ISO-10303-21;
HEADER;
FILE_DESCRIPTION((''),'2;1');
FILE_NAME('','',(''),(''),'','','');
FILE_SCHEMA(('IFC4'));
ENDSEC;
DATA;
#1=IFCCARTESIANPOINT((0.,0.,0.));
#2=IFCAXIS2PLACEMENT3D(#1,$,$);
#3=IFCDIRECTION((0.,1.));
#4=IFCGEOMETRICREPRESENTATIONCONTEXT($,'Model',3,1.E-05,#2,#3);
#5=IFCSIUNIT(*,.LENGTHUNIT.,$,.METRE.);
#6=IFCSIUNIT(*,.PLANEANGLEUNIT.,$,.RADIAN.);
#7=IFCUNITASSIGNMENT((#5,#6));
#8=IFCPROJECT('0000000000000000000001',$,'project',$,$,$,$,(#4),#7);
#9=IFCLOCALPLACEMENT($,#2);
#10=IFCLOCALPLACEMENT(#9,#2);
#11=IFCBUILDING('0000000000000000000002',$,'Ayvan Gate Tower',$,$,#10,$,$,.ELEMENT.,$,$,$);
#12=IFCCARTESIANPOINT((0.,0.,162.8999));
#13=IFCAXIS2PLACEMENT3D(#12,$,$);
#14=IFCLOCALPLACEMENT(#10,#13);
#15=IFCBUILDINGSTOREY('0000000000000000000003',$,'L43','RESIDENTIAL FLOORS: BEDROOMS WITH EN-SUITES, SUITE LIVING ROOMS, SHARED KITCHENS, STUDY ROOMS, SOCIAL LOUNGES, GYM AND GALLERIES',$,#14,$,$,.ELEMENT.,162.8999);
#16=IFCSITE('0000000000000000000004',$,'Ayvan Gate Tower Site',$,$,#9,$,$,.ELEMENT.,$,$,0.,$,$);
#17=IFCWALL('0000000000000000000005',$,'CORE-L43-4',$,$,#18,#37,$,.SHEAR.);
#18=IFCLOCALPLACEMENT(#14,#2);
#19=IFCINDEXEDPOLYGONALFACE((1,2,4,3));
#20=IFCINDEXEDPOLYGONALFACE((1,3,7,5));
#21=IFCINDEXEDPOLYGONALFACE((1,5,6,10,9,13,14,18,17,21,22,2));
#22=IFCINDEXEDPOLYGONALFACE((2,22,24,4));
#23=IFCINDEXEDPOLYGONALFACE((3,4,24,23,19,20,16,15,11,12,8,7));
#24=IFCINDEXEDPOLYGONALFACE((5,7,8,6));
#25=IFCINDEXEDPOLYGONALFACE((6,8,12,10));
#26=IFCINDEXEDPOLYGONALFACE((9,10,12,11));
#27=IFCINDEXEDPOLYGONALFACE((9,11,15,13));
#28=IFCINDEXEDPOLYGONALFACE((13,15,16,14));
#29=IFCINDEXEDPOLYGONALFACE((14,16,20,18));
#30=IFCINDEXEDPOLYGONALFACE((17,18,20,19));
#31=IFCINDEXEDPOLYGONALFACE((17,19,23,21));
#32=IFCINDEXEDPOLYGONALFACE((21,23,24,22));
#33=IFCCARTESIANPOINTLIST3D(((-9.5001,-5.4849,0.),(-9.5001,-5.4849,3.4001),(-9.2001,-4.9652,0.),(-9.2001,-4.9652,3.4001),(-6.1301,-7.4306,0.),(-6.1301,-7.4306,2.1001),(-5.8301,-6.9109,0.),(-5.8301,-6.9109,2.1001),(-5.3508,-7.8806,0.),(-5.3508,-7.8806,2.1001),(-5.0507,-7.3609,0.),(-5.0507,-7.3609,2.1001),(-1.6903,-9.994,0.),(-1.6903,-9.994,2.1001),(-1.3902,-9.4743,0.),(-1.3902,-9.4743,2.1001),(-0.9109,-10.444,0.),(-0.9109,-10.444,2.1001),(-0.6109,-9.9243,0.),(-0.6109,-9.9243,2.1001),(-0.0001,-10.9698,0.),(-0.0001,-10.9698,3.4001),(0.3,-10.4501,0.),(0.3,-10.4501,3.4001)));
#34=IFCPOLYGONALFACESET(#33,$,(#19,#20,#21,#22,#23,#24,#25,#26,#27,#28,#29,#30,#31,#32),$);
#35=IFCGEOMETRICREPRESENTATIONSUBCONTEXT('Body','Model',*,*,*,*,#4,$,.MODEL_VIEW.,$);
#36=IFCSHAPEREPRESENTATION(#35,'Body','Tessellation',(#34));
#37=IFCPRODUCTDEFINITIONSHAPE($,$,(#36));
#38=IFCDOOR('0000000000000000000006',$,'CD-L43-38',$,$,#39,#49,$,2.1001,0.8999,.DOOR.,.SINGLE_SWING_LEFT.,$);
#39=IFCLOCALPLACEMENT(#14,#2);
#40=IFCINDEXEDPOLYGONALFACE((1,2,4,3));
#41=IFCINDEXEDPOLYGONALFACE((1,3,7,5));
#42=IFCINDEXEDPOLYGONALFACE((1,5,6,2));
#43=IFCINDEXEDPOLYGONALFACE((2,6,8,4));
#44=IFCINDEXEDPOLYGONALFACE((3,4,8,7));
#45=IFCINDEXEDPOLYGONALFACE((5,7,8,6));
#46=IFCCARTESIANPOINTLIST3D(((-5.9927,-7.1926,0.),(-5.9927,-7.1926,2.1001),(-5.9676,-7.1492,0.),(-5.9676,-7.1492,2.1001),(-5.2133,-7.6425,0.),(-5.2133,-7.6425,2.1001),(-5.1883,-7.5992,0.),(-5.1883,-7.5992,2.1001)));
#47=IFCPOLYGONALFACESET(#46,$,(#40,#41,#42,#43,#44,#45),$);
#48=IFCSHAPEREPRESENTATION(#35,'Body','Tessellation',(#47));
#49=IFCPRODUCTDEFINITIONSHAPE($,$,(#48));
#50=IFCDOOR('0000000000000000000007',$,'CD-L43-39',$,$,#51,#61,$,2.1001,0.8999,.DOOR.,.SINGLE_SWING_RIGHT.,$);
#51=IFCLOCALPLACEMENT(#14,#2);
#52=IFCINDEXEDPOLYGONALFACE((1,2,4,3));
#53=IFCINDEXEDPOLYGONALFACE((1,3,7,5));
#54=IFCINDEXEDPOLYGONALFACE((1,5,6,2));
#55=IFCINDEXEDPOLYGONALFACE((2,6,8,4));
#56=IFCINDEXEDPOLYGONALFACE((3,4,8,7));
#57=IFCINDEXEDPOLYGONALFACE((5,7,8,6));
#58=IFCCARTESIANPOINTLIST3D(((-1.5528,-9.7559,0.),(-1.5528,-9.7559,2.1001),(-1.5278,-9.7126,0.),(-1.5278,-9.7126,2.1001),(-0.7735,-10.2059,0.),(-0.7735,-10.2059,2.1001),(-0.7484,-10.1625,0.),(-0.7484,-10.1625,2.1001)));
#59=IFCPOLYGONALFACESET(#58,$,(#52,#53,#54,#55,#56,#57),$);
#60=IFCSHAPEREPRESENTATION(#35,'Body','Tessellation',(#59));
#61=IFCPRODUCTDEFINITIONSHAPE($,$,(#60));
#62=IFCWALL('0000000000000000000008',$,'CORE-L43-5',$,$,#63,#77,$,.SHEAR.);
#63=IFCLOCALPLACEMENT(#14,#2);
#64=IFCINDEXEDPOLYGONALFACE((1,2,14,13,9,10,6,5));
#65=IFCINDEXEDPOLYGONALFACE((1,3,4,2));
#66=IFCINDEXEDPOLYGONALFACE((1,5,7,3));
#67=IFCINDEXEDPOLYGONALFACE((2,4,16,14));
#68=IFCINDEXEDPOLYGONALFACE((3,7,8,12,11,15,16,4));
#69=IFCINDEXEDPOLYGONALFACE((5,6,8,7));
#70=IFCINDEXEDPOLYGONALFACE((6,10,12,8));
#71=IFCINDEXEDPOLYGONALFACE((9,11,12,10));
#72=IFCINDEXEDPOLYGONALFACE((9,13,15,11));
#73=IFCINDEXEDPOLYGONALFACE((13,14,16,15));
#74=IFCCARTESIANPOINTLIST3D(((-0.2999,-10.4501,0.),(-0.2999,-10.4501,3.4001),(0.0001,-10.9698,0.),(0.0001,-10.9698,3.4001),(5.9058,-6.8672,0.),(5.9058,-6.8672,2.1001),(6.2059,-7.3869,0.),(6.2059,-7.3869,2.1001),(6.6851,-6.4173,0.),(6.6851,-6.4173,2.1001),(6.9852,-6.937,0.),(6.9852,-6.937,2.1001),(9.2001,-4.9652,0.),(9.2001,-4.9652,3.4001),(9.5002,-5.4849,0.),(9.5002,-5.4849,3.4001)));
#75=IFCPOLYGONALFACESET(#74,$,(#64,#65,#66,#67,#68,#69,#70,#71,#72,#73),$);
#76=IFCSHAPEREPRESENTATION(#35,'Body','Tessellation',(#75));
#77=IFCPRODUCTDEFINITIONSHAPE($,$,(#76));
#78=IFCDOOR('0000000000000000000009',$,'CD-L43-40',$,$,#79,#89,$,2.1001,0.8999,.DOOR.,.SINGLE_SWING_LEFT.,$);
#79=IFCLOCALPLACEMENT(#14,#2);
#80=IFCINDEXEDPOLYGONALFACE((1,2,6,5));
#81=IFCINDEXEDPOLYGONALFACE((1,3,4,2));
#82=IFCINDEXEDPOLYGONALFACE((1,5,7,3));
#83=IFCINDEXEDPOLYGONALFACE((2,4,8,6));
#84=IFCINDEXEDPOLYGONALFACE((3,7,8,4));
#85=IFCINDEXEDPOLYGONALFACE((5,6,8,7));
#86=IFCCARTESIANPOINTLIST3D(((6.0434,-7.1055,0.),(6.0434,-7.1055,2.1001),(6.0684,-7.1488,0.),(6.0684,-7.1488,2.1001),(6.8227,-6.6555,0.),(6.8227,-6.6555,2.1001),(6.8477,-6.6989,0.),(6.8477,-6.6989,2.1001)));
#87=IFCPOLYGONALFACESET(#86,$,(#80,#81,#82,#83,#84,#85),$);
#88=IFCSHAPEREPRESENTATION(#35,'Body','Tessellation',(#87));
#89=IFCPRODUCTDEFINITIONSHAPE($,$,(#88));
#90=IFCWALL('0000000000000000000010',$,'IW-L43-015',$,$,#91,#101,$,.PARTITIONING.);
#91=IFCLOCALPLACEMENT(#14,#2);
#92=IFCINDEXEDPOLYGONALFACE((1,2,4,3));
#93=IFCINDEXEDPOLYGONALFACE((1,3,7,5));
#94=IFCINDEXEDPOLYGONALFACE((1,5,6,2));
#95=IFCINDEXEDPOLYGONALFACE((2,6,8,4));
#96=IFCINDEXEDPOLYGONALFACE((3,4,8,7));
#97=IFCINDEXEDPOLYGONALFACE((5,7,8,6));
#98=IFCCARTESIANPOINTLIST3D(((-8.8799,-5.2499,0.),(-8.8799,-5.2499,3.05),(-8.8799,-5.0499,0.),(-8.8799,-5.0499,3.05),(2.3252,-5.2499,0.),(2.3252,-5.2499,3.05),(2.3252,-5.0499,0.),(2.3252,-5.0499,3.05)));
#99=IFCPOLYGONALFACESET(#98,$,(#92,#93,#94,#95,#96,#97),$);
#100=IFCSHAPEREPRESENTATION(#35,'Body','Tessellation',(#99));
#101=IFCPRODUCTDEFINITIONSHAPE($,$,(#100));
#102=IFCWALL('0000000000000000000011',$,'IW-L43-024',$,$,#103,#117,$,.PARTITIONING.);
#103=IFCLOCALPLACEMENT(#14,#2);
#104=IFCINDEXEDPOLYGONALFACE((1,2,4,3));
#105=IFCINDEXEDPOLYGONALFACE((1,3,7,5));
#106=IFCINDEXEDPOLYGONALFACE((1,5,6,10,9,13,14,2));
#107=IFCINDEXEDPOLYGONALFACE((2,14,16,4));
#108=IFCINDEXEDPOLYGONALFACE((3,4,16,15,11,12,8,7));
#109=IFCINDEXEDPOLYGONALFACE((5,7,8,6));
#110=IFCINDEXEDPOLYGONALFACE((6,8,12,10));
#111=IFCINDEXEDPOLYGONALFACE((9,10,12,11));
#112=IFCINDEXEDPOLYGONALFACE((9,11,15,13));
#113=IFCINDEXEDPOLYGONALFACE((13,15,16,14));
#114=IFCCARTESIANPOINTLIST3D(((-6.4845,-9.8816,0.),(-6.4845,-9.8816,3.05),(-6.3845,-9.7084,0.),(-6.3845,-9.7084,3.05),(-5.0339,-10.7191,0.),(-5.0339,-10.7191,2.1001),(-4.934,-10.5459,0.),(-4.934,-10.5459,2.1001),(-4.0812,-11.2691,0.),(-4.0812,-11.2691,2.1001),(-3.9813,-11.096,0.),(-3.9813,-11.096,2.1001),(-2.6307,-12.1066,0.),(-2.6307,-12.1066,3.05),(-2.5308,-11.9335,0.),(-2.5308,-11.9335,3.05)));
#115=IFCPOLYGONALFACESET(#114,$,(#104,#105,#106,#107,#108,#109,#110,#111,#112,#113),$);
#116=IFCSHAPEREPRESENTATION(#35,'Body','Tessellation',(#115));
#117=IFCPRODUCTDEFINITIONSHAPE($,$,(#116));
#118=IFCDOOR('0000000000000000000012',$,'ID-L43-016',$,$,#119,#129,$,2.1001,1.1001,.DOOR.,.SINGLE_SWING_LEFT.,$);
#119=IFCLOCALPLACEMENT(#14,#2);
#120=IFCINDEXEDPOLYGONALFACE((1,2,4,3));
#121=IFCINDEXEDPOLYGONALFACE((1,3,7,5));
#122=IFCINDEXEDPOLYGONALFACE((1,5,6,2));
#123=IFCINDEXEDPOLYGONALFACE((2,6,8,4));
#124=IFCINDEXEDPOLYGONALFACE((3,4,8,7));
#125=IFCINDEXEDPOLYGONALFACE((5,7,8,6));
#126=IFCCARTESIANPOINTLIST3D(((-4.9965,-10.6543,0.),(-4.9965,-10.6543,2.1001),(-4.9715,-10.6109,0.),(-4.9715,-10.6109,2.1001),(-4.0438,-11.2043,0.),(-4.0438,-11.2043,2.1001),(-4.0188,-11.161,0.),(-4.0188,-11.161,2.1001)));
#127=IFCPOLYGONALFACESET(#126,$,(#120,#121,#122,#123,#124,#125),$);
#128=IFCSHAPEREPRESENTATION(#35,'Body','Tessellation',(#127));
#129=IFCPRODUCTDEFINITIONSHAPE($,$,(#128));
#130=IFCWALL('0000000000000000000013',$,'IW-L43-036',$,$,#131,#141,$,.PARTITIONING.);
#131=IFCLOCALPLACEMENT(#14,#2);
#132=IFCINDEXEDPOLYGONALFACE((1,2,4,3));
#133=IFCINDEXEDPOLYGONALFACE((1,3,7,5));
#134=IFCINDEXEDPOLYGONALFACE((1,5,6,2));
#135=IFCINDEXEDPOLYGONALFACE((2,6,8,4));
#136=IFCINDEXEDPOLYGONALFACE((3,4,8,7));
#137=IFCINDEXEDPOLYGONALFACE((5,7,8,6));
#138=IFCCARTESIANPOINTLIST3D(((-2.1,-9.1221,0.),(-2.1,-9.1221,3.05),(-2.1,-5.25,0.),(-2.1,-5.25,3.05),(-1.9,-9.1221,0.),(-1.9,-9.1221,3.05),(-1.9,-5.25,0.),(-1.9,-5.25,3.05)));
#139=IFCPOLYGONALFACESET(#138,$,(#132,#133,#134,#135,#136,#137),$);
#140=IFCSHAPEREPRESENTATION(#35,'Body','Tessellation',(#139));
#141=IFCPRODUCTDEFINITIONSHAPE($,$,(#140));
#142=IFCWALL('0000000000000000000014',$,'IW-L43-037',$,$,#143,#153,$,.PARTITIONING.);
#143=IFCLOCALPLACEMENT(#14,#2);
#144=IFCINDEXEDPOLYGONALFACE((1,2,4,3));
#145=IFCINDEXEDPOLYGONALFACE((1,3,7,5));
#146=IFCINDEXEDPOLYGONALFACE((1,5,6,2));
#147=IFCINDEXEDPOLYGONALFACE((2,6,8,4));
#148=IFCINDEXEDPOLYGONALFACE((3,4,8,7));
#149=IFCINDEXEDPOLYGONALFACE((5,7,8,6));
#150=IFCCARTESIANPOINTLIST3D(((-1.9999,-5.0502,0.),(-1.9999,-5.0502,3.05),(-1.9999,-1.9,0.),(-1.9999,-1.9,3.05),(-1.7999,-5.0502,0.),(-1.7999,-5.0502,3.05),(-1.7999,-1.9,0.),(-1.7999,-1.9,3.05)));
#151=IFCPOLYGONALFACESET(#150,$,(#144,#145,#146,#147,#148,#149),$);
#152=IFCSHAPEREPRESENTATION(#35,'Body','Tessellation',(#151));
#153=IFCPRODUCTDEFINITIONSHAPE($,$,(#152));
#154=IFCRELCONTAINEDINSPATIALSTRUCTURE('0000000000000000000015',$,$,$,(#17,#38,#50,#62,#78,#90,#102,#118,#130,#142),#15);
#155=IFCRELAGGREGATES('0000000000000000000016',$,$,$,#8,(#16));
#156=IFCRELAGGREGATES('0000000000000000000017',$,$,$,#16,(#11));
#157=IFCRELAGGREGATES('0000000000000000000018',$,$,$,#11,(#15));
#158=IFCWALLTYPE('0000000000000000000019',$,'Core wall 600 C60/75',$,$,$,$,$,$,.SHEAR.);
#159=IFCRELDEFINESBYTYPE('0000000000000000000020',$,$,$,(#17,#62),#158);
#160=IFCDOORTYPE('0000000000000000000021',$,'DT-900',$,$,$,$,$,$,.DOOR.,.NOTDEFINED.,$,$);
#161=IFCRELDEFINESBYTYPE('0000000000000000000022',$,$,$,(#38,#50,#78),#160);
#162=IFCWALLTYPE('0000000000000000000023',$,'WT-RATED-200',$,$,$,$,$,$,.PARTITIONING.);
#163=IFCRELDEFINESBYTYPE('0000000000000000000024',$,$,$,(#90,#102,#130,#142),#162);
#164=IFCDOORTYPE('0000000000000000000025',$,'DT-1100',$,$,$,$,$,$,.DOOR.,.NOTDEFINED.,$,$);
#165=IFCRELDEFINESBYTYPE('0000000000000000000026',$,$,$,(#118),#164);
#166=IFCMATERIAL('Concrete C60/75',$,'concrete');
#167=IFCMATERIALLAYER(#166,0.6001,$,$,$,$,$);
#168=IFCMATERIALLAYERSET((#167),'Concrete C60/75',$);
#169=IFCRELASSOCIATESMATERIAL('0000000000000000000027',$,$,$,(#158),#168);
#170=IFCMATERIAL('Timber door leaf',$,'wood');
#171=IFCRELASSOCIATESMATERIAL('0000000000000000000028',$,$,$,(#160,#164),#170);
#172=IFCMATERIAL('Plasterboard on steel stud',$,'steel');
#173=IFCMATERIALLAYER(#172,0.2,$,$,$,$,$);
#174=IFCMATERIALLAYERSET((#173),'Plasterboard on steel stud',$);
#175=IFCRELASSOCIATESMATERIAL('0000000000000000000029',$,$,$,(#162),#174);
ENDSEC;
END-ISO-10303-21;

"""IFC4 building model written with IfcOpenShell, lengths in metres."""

from ifc_helpers import new_model, si_unit, direction, frame, frame_2d, origin, place, context, subcontext, project, spatial, rectangle, extrude, material, layer, layer_set, type_object, element, fill, save


model = new_model("IFC4")

# Units and contexts
model_context = context("Model", 3, precision=1e-05, world=origin(), true_north=direction((0.0, 1.0)))
body_context = subcontext(model_context, "Body", "Model", "MODEL_VIEW")
ifc_project = project(units=[si_unit("LENGTHUNIT", "METRE"), si_unit("PLANEANGLEUNIT", "RADIAN")], contexts=[model_context])

# Site, building, storey
site_placement = place(None, origin())
site = spatial("IfcSite", under=ifc_project, at=site_placement, Name="Ayvan Gate Tower Site", CompositionType="ELEMENT", RefElevation=0.0)
building_placement = place(site_placement, origin())
building = spatial("IfcBuilding", under=site, at=building_placement, Name="Ayvan Gate Tower", CompositionType="ELEMENT")
storey_placement = place(building_placement, frame((0.0, 0.0, 162.8999)))
storey = spatial("IfcBuildingStorey", under=building, at=storey_placement, Name="L43", Description="RESIDENTIAL FLOORS: BEDROOMS WITH EN-SUITES, SUITE LIVING ROOMS, SHARED KITCHENS, STUDY ROOMS, SOCIAL LOUNGES, GYM AND GALLERIES", CompositionType="ELEMENT", Elevation=162.8999)

# Wall, openings, doors
ifc_material_1 = material(Name="Concrete C60/75", Category="concrete")
ifc_layer_1 = layer(ifc_material_1, 0.6001)
ifc_layer_set_1 = layer_set([ifc_layer_1], Name="Concrete C60/75")
wall_type_1 = type_object("IfcWallType", Name="Core wall 600 C60/75", PredefinedType="SHEAR", material=ifc_layer_set_1)
wall_1_placement = place(storey_placement, frame((-9.3501, -5.2251, 0.0), z_axis=(0.0, 0.0, 1.0), x_axis=(0.866024, -0.500002, 0.0)))
wall_1 = element("IfcWall", 1, at=wall_1_placement, inside=storey, type_object=wall_type_1, Name="CORE-L43-4", PredefinedType="SHEAR", context=body_context, shape_type="SweptSolid", body=[
    extrude(rectangle(XDim=10.9697, YDim=0.6001, at=frame_2d((5.4849, 0.0))), origin(), (0.0, 0.0, 1.0), 3.4001),
])
opening_1_placement = place(wall_1_placement, frame((3.8914, 0.0, 0.0)))
opening_1 = element("IfcOpeningElement", 2, at=opening_1_placement, cuts=wall_1, PredefinedType="OPENING", context=body_context, shape_type="SweptSolid", body=[
    extrude(rectangle(XDim=0.8999, YDim=2.1001, at=frame_2d((0.45, 1.05))), frame((0.0, 0.3101, 0.0), z_axis=(0.0, -1.0, 0.0), x_axis=(1.0, 0.0, 0.0)), (0.0, 0.0, 1.0), 0.6201),
])
opening_2_placement = place(wall_1_placement, frame((9.0181, 0.0, 0.0)))
opening_2 = element("IfcOpeningElement", 3, at=opening_2_placement, cuts=wall_1, PredefinedType="OPENING", context=body_context, shape_type="SweptSolid", body=[
    extrude(rectangle(XDim=0.8999, YDim=2.1001, at=frame_2d((0.45, 1.05))), frame((0.0, 0.3101, 0.0), z_axis=(0.0, -1.0, 0.0), x_axis=(1.0, 0.0, 0.0)), (0.0, 0.0, 1.0), 0.6201),
])
ifc_material_2 = material(Name="Timber door leaf", Category="wood")
door_type_1 = type_object("IfcDoorType", Name="DT-900", OperationType="NOTDEFINED", PredefinedType="DOOR", material=ifc_material_2)
door_1_placement = place(opening_1_placement, origin())
door_1 = element("IfcDoor", 4, at=door_1_placement, inside=storey, type_object=door_type_1, Name="CD-L43-38", OperationType="SINGLE_SWING_LEFT", OverallHeight=2.1001, OverallWidth=0.8999, PredefinedType="DOOR", context=body_context, shape_type="SweptSolid", body=[
    extrude(rectangle(XDim=0.8999, YDim=2.1001, at=frame_2d((0.45, 1.05))), frame((0.0, 0.0249, 0.0), z_axis=(0.0, -1.0, 0.0), x_axis=(1.0, 0.0, 0.0)), (0.0, 0.0, 1.0), 0.05),
])
fill(opening_1, door_1)
door_2_placement = place(opening_2_placement, origin())
door_2 = element("IfcDoor", 5, at=door_2_placement, inside=storey, type_object=door_type_1, Name="CD-L43-39", OperationType="SINGLE_SWING_RIGHT", OverallHeight=2.1001, OverallWidth=0.8999, PredefinedType="DOOR", context=body_context, shape_type="SweptSolid", body=[
    extrude(rectangle(XDim=0.8999, YDim=2.1001, at=frame_2d((0.45, 1.05))), frame((0.0, 0.0249, 0.0), z_axis=(0.0, -1.0, 0.0), x_axis=(1.0, 0.0, 0.0)), (0.0, 0.0, 1.0), 0.05),
])
fill(opening_2, door_2)

# Wall, opening, door
wall_2_placement = place(storey_placement, frame((-0.1499, -10.71, 0.0), z_axis=(0.0, 0.0, 1.0), x_axis=(0.866024, 0.500002, 0.0)))
wall_2 = element("IfcWall", 6, at=wall_2_placement, inside=storey, type_object=wall_type_1, Name="CORE-L43-5", PredefinedType="SHEAR", context=body_context, shape_type="SweptSolid", body=[
    extrude(rectangle(XDim=10.9697, YDim=0.6001, at=frame_2d((5.4849, 0.0))), origin(), (0.0, 0.0, 1.0), 3.4001),
])
opening_3_placement = place(wall_2_placement, frame((7.1658, 0.0, 0.0)))
opening_3 = element("IfcOpeningElement", 7, at=opening_3_placement, cuts=wall_2, PredefinedType="OPENING", context=body_context, shape_type="SweptSolid", body=[
    extrude(rectangle(XDim=0.8999, YDim=2.1001, at=frame_2d((0.45, 1.05))), frame((0.0, 0.3101, 0.0), z_axis=(0.0, -1.0, 0.0), x_axis=(1.0, 0.0, 0.0)), (0.0, 0.0, 1.0), 0.6201),
])
door_3_placement = place(opening_3_placement, origin())
door_3 = element("IfcDoor", 8, at=door_3_placement, inside=storey, type_object=door_type_1, Name="CD-L43-40", OperationType="SINGLE_SWING_LEFT", OverallHeight=2.1001, OverallWidth=0.8999, PredefinedType="DOOR", context=body_context, shape_type="SweptSolid", body=[
    extrude(rectangle(XDim=0.8999, YDim=2.1001, at=frame_2d((0.45, 1.05))), frame((0.0, 0.0249, 0.0), z_axis=(0.0, -1.0, 0.0), x_axis=(1.0, 0.0, 0.0)), (0.0, 0.0, 1.0), 0.05),
])
fill(opening_3, door_3)

# Wall
ifc_material_3 = material(Name="Plasterboard on steel stud", Category="steel")
ifc_layer_2 = layer(ifc_material_3, 0.2)
ifc_layer_set_2 = layer_set([ifc_layer_2], Name="Plasterboard on steel stud")
wall_type_2 = type_object("IfcWallType", Name="WT-RATED-200", PredefinedType="PARTITIONING", material=ifc_layer_set_2)
wall_3_placement = place(storey_placement, frame((-8.8799, -5.1499, 0.0), z_axis=(0.0, 0.0, 1.0), x_axis=(1.0, 0.0, 0.0)))
element("IfcWall", 9, at=wall_3_placement, inside=storey, type_object=wall_type_2, Name="IW-L43-015", PredefinedType="PARTITIONING", context=body_context, shape_type="SweptSolid", body=[
    extrude(rectangle(XDim=11.2051, YDim=0.2, at=frame_2d((5.6025, 0.0))), origin(), (0.0, 0.0, 1.0), 3.05),
])

# Wall, opening, door
wall_4_placement = place(storey_placement, frame((-6.4346, -9.7949, 0.0), z_axis=(0.0, 0.0, 1.0), x_axis=(0.866013, -0.500022, 0.0)))
wall_4 = element("IfcWall", 10, at=wall_4_placement, inside=storey, type_object=wall_type_2, Name="IW-L43-024", PredefinedType="PARTITIONING", context=body_context, shape_type="SweptSolid", body=[
    extrude(rectangle(XDim=4.45, YDim=0.2, at=frame_2d((2.2251, 0.0))), origin(), (0.0, 0.0, 1.0), 3.05),
])
opening_4_placement = place(wall_4_placement, frame((1.675, 0.0, 0.0)))
opening_4 = element("IfcOpeningElement", 11, at=opening_4_placement, cuts=wall_4, PredefinedType="OPENING", context=body_context, shape_type="SweptSolid", body=[
    extrude(rectangle(XDim=1.1001, YDim=2.1001, at=frame_2d((0.55, 1.05))), frame((0.0, 0.1099, 0.0), z_axis=(0.0, -1.0, 0.0), x_axis=(1.0, 0.0, 0.0)), (0.0, 0.0, 1.0), 0.22),
])
door_type_2 = type_object("IfcDoorType", Name="DT-1100", OperationType="NOTDEFINED", PredefinedType="DOOR", material=ifc_material_2)
door_4_placement = place(opening_4_placement, origin())
door_4 = element("IfcDoor", 12, at=door_4_placement, inside=storey, type_object=door_type_2, Name="ID-L43-016", OperationType="SINGLE_SWING_LEFT", OverallHeight=2.1001, OverallWidth=1.1001, PredefinedType="DOOR", context=body_context, shape_type="SweptSolid", body=[
    extrude(rectangle(XDim=1.1001, YDim=2.1001, at=frame_2d((0.55, 1.05))), frame((0.0, 0.0249, 0.0), z_axis=(0.0, -1.0, 0.0), x_axis=(1.0, 0.0, 0.0)), (0.0, 0.0, 1.0), 0.05),
])
fill(opening_4, door_4)

# Walls
wall_5_placement = place(storey_placement, frame((-2.0, -5.25, 0.0), z_axis=(0.0, 0.0, 1.0), x_axis=(0.0, -1.0, 0.0)))
element("IfcWall", 13, at=wall_5_placement, inside=storey, type_object=wall_type_2, Name="IW-L43-036", PredefinedType="PARTITIONING", context=body_context, shape_type="SweptSolid", body=[
    extrude(rectangle(XDim=3.8721, YDim=0.2, at=frame_2d((1.936, 0.0))), origin(), (0.0, 0.0, 1.0), 3.05),
])
wall_6_placement = place(storey_placement, frame((-1.8999, -1.8999, 0.0), z_axis=(0.0, 0.0, 1.0), x_axis=(0.0, -1.0, 0.0)))
element("IfcWall", 14, at=wall_6_placement, inside=storey, type_object=wall_type_2, Name="IW-L43-037", PredefinedType="PARTITIONING", context=body_context, shape_type="SweptSolid", body=[
    extrude(rectangle(XDim=3.1501, YDim=0.2, at=frame_2d((1.5752, 0.0))), origin(), (0.0, 0.0, 1.0), 3.05),
])

save(model, "model.ifc")
